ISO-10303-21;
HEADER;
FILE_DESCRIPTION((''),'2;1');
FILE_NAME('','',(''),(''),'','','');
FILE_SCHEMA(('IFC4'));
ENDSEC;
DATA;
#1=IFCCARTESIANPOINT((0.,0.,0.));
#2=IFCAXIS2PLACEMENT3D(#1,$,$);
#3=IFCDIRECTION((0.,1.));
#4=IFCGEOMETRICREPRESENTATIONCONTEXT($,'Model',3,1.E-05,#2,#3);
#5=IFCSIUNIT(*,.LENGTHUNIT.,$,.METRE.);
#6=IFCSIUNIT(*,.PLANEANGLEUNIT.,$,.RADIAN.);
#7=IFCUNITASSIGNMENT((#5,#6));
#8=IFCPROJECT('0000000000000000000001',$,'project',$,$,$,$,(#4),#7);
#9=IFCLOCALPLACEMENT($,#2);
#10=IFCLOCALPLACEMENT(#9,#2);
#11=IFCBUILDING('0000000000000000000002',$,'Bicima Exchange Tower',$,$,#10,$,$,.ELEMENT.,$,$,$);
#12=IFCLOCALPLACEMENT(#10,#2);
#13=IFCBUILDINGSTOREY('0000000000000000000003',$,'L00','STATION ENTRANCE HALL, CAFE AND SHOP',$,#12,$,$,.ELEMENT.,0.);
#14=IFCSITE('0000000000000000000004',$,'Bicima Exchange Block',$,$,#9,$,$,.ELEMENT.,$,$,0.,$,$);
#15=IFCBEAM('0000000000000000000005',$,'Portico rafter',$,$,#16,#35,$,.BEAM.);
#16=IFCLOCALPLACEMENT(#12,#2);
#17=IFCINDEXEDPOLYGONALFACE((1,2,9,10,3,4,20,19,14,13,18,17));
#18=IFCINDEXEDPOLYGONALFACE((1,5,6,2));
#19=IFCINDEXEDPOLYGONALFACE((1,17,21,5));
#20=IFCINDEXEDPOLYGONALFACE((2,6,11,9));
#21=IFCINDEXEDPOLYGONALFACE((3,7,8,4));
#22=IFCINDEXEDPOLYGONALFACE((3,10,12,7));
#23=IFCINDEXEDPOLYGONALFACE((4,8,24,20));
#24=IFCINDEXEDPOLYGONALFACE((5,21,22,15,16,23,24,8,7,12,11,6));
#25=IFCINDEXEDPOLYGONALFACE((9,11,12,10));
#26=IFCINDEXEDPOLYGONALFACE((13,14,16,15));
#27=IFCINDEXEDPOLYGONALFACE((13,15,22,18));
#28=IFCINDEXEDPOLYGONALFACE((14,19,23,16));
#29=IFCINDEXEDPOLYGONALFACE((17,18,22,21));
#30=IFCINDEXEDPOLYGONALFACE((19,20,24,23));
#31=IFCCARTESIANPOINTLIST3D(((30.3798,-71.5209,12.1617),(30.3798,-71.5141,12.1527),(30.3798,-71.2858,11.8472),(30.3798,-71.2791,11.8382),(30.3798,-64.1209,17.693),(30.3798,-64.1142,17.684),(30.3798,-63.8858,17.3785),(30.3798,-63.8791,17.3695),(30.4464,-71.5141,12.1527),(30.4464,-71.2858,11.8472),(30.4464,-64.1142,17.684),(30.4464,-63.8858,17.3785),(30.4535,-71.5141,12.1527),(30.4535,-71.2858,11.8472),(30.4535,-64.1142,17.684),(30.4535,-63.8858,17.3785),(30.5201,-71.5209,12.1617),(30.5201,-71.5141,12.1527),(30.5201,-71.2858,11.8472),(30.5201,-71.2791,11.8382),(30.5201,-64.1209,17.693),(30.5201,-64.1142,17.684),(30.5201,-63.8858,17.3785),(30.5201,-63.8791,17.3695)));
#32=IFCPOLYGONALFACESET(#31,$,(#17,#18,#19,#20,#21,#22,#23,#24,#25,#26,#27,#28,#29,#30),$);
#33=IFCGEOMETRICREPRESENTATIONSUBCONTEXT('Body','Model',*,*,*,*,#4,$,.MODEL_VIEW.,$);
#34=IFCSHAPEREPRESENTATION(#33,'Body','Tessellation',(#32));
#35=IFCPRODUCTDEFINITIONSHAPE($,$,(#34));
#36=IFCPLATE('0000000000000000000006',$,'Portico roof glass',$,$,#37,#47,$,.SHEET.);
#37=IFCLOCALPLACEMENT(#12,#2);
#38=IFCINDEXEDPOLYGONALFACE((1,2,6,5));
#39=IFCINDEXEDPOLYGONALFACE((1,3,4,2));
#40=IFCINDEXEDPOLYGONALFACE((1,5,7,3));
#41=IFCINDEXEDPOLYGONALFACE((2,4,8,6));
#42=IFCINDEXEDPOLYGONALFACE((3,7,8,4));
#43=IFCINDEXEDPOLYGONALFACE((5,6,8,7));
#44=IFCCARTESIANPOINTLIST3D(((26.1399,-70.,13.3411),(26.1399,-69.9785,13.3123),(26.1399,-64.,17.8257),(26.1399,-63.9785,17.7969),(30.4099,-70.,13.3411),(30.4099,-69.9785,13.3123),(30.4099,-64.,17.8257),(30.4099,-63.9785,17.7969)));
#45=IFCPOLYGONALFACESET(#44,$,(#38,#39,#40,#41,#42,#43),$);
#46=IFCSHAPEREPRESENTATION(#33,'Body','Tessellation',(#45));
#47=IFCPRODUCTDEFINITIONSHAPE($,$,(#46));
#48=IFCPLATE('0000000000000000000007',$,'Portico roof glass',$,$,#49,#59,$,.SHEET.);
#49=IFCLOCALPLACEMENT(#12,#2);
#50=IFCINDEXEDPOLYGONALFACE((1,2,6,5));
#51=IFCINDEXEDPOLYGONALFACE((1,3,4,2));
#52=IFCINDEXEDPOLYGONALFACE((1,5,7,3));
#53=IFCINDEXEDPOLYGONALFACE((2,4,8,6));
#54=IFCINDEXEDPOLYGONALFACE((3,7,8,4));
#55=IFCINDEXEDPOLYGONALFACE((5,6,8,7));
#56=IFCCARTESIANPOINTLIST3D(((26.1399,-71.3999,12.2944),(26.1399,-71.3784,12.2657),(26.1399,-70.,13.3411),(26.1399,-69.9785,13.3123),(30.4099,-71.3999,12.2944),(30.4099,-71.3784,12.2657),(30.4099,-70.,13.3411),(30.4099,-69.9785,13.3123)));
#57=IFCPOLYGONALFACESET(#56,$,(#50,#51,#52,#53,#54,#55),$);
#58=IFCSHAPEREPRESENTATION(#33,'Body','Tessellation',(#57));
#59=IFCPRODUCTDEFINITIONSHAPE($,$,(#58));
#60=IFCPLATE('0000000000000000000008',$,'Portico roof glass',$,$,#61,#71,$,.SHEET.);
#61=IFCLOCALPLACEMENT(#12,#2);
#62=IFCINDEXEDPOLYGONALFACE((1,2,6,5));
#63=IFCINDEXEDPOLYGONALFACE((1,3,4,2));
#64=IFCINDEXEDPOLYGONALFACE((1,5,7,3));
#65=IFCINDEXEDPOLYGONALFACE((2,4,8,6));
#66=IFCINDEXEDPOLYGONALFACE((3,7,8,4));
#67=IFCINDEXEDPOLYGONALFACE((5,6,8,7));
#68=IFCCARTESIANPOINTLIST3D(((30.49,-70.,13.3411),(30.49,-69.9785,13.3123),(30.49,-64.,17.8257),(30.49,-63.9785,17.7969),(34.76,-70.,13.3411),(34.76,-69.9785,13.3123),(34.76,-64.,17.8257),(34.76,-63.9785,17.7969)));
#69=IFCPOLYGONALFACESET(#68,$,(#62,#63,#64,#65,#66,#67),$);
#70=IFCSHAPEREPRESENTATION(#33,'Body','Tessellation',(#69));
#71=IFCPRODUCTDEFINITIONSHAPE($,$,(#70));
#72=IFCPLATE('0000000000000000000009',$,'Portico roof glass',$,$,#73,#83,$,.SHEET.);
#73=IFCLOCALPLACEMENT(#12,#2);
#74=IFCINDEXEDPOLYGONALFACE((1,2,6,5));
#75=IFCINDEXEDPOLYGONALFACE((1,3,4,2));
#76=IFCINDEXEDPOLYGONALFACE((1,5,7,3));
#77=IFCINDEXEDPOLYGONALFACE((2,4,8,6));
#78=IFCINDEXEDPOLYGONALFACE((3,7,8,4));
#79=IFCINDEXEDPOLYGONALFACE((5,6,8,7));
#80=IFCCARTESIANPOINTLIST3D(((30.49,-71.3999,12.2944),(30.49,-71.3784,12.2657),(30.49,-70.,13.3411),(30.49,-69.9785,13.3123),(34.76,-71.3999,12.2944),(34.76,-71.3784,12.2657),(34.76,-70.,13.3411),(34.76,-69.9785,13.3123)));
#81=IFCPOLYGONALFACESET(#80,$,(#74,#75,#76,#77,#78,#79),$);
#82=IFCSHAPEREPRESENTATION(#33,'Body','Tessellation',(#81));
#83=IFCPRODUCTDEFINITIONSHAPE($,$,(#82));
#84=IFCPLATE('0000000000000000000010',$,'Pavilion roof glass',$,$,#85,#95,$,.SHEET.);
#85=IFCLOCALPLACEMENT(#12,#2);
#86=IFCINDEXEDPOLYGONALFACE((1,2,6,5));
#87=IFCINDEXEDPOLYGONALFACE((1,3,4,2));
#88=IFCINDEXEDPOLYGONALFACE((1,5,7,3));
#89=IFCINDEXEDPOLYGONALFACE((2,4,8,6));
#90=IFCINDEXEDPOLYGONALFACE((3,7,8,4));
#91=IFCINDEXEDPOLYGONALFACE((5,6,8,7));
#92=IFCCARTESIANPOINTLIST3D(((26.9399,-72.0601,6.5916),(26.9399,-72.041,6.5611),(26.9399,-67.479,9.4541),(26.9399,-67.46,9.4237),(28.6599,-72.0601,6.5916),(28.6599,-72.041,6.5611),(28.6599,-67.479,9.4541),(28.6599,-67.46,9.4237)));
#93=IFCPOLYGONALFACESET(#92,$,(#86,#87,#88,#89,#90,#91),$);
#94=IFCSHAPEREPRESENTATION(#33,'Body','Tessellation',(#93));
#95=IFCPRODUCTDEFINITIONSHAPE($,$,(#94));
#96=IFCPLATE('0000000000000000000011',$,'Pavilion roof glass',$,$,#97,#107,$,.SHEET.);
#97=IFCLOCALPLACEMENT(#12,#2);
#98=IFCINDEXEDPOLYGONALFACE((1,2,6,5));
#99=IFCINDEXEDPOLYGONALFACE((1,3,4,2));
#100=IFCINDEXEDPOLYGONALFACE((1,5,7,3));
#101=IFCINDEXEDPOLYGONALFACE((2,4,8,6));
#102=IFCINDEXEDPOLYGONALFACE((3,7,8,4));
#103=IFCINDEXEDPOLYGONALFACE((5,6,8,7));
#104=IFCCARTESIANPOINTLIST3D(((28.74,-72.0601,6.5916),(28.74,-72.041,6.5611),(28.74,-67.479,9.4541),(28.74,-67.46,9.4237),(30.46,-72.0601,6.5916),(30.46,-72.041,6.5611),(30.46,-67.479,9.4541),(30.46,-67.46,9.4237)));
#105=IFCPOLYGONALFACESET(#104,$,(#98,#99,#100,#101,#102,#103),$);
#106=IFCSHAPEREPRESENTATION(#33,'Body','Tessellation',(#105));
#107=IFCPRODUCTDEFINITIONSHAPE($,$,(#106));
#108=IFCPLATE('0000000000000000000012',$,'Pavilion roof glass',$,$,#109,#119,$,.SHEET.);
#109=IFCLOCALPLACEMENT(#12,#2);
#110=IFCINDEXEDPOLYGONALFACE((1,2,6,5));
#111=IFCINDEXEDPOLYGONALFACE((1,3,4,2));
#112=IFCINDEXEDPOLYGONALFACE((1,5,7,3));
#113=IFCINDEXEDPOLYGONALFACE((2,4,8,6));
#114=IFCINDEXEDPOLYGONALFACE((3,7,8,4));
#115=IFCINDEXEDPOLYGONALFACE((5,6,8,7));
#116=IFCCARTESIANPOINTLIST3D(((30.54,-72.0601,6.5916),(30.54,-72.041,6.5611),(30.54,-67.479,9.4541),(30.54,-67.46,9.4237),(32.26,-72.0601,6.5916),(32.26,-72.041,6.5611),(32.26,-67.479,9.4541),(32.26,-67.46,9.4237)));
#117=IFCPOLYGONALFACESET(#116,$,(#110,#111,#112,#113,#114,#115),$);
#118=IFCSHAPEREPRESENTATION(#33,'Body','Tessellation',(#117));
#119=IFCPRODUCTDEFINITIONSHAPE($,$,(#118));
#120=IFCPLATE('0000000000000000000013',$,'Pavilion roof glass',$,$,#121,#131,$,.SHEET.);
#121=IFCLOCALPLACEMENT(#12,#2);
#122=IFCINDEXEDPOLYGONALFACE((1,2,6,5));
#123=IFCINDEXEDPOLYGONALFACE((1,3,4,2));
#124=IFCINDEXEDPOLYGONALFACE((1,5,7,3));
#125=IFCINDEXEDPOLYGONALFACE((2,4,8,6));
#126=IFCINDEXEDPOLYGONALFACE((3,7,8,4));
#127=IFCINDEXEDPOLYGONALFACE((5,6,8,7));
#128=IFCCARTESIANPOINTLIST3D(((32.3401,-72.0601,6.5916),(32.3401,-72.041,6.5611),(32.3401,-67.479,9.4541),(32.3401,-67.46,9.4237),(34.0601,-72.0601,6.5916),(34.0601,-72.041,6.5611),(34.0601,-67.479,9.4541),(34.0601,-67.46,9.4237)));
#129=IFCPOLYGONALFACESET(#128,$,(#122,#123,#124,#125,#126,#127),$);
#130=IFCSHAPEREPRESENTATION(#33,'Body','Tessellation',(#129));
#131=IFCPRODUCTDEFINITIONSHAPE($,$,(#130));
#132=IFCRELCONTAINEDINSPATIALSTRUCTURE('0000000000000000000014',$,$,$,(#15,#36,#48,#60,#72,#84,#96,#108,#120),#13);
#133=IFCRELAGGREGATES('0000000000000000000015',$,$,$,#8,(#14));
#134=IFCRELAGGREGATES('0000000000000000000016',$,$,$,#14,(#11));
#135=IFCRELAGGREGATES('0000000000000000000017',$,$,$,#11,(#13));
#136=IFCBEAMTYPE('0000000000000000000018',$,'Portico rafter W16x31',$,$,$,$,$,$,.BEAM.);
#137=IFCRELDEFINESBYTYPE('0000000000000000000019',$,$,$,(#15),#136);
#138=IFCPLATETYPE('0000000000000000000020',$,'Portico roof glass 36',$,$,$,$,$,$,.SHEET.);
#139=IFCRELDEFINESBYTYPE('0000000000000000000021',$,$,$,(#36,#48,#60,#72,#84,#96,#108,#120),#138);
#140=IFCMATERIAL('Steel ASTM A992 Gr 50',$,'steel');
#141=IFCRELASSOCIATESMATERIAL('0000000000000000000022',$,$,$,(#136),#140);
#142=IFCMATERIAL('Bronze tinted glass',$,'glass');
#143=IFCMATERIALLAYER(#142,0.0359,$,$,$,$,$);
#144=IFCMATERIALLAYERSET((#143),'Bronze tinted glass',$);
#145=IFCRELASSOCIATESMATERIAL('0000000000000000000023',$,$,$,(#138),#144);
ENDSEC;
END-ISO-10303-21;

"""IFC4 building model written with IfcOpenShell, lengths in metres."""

from ifc_helpers import new_model, si_unit, direction, frame, origin, origin_2d, place, context, subcontext, project, spatial, polyline, i_section, outline, extrude, material, layer, layer_set, material_profile, profile_set, type_object, element, save


model = new_model("IFC4")

# Units and contexts
model_context = context("Model", 3, precision=1e-05, world=origin(), true_north=direction((0.0, 1.0)))
body_context = subcontext(model_context, "Body", "Model", "MODEL_VIEW")
ifc_project = project(units=[si_unit("LENGTHUNIT", "METRE"), si_unit("PLANEANGLEUNIT", "RADIAN")], contexts=[model_context])

# Site, building, storey
site_placement = place(None, origin())
site = spatial("IfcSite", under=ifc_project, at=site_placement, Name="Bicima Exchange Block", CompositionType="ELEMENT", RefElevation=0.0)
building_placement = place(site_placement, origin())
building = spatial("IfcBuilding", under=site, at=building_placement, Name="Bicima Exchange Tower", CompositionType="ELEMENT")
storey_placement = place(building_placement, origin())
storey = spatial("IfcBuildingStorey", under=building, at=storey_placement, Name="L00", Description="STATION ENTRANCE HALL, CAFE AND SHOP", CompositionType="ELEMENT", Elevation=0.0)

# Beam
ifc_material_1 = material(Name="Steel ASTM A992 Gr 50", Category="steel")
ifc_material_profile_1 = material_profile(ifc_material_1, i_section(OverallWidth=0.1404, OverallDepth=0.4038, WebThickness=0.0071, FlangeThickness=0.0112, at=origin_2d()))
ifc_profile_set_1 = profile_set([ifc_material_profile_1], Name="Steel ASTM A992 Gr 50")
beam_type_1 = type_object("IfcBeamType", Name="Portico rafter W16x31", PredefinedType="BEAM", material=ifc_profile_set_1)
for number, where, z_axis, x_axis, name in (
    (1, (30.45, -64.0, 17.5312), (0.0, -0.800969, -0.598705), (1.0, 0.0, 0.0), "Portico rafter"),
):
    element("IfcBeam", number, at=place(storey_placement, frame(where, z_axis=z_axis, x_axis=x_axis)), inside=storey, type_object=beam_type_1, Name=name, PredefinedType="BEAM", context=body_context, shape_type="SweptSolid", body=[
        extrude(i_section(OverallWidth=0.1404, OverallDepth=0.4038, WebThickness=0.0071, FlangeThickness=0.0112, at=origin_2d()), origin(), (0.0, 0.0, 1.0), 9.2388),
    ])

# Plates
ifc_material_2 = material(Name="Bronze tinted glass", Category="glass")
ifc_layer = layer(ifc_material_2, 0.0359)
ifc_layer_set = layer_set([ifc_layer], Name="Bronze tinted glass")
plate_type = type_object("IfcPlateType", Name="Portico roof glass 36", PredefinedType="SHEET", material=ifc_layer_set)
plate_1_placement = place(storey_placement, frame((26.1399, -64.0, 17.8257), z_axis=(0.0, -0.598685, 0.800985), x_axis=(1.0, 0.0, 0.0)))
element("IfcPlate", 2, at=plate_1_placement, inside=storey, type_object=plate_type, Name="Portico roof glass", PredefinedType="SHEET", context=body_context, shape_type="SweptSolid", body=[
    extrude(outline(polyline([(0.0, 0.0), (4.27, 0.0), (4.27, -7.4908), (0.0, -7.4908), (0.0, 0.0)])), origin(), (0.0, 0.0, -1.0), 0.0359),
])
plate_2_placement = place(storey_placement, frame((26.1399, -70.0, 13.3411), z_axis=(0.0, -0.598793, 0.800904), x_axis=(1.0, 0.0, 0.0)))
element("IfcPlate", 3, at=plate_2_placement, inside=storey, type_object=plate_type, Name="Portico roof glass", PredefinedType="SHEET", context=body_context, shape_type="SweptSolid", body=[
    extrude(outline(polyline([(0.0, 0.0), (4.27, 0.0), (4.27, -1.7479), (0.0, -1.7479), (0.0, 0.0)])), origin(), (0.0, 0.0, -1.0), 0.0359),
])
plate_3_placement = place(storey_placement, frame((30.49, -64.0, 17.8257), z_axis=(0.0, -0.598685, 0.800985), x_axis=(1.0, 0.0, 0.0)))
element("IfcPlate", 4, at=plate_3_placement, inside=storey, type_object=plate_type, Name="Portico roof glass", PredefinedType="SHEET", context=body_context, shape_type="SweptSolid", body=[
    extrude(outline(polyline([(0.0, 0.0), (4.27, 0.0), (4.27, -7.4908), (0.0, -7.4908), (0.0, 0.0)])), origin(), (0.0, 0.0, -1.0), 0.0359),
])
plate_4_placement = place(storey_placement, frame((30.49, -70.0, 13.3411), z_axis=(0.0, -0.598793, 0.800904), x_axis=(1.0, 0.0, 0.0)))
element("IfcPlate", 5, at=plate_4_placement, inside=storey, type_object=plate_type, Name="Portico roof glass", PredefinedType="SHEET", context=body_context, shape_type="SweptSolid", body=[
    extrude(outline(polyline([(0.0, 0.0), (4.27, 0.0), (4.27, -1.7479), (0.0, -1.7479), (0.0, 0.0)])), origin(), (0.0, 0.0, -1.0), 0.0359),
])
for number, where, z_axis, x_axis, name in (
    (6, (26.9399, -67.479, 9.4541), (0.0, -0.529918, 0.848049), (1.0, 0.0, 0.0), "Pavilion roof glass"),
    (7, (28.74, -67.479, 9.4541), (0.0, -0.529918, 0.848049), (1.0, 0.0, 0.0), "Pavilion roof glass"),
    (8, (30.54, -67.479, 9.4541), (0.0, -0.529918, 0.848049), (1.0, 0.0, 0.0), "Pavilion roof glass"),
    (9, (32.3401, -67.479, 9.4541), (0.0, -0.529918, 0.848049), (1.0, 0.0, 0.0), "Pavilion roof glass"),
):
    element("IfcPlate", number, at=place(storey_placement, frame(where, z_axis=z_axis, x_axis=x_axis)), inside=storey, type_object=plate_type, Name=name, PredefinedType="SHEET", context=body_context, shape_type="SweptSolid", body=[
        extrude(outline(polyline([(0.0, 0.0), (1.72, 0.0), (1.72, -5.4019), (0.0, -5.4019), (0.0, 0.0)])), origin(), (0.0, 0.0, -1.0), 0.0359),
    ])

save(model, "model.ifc")
